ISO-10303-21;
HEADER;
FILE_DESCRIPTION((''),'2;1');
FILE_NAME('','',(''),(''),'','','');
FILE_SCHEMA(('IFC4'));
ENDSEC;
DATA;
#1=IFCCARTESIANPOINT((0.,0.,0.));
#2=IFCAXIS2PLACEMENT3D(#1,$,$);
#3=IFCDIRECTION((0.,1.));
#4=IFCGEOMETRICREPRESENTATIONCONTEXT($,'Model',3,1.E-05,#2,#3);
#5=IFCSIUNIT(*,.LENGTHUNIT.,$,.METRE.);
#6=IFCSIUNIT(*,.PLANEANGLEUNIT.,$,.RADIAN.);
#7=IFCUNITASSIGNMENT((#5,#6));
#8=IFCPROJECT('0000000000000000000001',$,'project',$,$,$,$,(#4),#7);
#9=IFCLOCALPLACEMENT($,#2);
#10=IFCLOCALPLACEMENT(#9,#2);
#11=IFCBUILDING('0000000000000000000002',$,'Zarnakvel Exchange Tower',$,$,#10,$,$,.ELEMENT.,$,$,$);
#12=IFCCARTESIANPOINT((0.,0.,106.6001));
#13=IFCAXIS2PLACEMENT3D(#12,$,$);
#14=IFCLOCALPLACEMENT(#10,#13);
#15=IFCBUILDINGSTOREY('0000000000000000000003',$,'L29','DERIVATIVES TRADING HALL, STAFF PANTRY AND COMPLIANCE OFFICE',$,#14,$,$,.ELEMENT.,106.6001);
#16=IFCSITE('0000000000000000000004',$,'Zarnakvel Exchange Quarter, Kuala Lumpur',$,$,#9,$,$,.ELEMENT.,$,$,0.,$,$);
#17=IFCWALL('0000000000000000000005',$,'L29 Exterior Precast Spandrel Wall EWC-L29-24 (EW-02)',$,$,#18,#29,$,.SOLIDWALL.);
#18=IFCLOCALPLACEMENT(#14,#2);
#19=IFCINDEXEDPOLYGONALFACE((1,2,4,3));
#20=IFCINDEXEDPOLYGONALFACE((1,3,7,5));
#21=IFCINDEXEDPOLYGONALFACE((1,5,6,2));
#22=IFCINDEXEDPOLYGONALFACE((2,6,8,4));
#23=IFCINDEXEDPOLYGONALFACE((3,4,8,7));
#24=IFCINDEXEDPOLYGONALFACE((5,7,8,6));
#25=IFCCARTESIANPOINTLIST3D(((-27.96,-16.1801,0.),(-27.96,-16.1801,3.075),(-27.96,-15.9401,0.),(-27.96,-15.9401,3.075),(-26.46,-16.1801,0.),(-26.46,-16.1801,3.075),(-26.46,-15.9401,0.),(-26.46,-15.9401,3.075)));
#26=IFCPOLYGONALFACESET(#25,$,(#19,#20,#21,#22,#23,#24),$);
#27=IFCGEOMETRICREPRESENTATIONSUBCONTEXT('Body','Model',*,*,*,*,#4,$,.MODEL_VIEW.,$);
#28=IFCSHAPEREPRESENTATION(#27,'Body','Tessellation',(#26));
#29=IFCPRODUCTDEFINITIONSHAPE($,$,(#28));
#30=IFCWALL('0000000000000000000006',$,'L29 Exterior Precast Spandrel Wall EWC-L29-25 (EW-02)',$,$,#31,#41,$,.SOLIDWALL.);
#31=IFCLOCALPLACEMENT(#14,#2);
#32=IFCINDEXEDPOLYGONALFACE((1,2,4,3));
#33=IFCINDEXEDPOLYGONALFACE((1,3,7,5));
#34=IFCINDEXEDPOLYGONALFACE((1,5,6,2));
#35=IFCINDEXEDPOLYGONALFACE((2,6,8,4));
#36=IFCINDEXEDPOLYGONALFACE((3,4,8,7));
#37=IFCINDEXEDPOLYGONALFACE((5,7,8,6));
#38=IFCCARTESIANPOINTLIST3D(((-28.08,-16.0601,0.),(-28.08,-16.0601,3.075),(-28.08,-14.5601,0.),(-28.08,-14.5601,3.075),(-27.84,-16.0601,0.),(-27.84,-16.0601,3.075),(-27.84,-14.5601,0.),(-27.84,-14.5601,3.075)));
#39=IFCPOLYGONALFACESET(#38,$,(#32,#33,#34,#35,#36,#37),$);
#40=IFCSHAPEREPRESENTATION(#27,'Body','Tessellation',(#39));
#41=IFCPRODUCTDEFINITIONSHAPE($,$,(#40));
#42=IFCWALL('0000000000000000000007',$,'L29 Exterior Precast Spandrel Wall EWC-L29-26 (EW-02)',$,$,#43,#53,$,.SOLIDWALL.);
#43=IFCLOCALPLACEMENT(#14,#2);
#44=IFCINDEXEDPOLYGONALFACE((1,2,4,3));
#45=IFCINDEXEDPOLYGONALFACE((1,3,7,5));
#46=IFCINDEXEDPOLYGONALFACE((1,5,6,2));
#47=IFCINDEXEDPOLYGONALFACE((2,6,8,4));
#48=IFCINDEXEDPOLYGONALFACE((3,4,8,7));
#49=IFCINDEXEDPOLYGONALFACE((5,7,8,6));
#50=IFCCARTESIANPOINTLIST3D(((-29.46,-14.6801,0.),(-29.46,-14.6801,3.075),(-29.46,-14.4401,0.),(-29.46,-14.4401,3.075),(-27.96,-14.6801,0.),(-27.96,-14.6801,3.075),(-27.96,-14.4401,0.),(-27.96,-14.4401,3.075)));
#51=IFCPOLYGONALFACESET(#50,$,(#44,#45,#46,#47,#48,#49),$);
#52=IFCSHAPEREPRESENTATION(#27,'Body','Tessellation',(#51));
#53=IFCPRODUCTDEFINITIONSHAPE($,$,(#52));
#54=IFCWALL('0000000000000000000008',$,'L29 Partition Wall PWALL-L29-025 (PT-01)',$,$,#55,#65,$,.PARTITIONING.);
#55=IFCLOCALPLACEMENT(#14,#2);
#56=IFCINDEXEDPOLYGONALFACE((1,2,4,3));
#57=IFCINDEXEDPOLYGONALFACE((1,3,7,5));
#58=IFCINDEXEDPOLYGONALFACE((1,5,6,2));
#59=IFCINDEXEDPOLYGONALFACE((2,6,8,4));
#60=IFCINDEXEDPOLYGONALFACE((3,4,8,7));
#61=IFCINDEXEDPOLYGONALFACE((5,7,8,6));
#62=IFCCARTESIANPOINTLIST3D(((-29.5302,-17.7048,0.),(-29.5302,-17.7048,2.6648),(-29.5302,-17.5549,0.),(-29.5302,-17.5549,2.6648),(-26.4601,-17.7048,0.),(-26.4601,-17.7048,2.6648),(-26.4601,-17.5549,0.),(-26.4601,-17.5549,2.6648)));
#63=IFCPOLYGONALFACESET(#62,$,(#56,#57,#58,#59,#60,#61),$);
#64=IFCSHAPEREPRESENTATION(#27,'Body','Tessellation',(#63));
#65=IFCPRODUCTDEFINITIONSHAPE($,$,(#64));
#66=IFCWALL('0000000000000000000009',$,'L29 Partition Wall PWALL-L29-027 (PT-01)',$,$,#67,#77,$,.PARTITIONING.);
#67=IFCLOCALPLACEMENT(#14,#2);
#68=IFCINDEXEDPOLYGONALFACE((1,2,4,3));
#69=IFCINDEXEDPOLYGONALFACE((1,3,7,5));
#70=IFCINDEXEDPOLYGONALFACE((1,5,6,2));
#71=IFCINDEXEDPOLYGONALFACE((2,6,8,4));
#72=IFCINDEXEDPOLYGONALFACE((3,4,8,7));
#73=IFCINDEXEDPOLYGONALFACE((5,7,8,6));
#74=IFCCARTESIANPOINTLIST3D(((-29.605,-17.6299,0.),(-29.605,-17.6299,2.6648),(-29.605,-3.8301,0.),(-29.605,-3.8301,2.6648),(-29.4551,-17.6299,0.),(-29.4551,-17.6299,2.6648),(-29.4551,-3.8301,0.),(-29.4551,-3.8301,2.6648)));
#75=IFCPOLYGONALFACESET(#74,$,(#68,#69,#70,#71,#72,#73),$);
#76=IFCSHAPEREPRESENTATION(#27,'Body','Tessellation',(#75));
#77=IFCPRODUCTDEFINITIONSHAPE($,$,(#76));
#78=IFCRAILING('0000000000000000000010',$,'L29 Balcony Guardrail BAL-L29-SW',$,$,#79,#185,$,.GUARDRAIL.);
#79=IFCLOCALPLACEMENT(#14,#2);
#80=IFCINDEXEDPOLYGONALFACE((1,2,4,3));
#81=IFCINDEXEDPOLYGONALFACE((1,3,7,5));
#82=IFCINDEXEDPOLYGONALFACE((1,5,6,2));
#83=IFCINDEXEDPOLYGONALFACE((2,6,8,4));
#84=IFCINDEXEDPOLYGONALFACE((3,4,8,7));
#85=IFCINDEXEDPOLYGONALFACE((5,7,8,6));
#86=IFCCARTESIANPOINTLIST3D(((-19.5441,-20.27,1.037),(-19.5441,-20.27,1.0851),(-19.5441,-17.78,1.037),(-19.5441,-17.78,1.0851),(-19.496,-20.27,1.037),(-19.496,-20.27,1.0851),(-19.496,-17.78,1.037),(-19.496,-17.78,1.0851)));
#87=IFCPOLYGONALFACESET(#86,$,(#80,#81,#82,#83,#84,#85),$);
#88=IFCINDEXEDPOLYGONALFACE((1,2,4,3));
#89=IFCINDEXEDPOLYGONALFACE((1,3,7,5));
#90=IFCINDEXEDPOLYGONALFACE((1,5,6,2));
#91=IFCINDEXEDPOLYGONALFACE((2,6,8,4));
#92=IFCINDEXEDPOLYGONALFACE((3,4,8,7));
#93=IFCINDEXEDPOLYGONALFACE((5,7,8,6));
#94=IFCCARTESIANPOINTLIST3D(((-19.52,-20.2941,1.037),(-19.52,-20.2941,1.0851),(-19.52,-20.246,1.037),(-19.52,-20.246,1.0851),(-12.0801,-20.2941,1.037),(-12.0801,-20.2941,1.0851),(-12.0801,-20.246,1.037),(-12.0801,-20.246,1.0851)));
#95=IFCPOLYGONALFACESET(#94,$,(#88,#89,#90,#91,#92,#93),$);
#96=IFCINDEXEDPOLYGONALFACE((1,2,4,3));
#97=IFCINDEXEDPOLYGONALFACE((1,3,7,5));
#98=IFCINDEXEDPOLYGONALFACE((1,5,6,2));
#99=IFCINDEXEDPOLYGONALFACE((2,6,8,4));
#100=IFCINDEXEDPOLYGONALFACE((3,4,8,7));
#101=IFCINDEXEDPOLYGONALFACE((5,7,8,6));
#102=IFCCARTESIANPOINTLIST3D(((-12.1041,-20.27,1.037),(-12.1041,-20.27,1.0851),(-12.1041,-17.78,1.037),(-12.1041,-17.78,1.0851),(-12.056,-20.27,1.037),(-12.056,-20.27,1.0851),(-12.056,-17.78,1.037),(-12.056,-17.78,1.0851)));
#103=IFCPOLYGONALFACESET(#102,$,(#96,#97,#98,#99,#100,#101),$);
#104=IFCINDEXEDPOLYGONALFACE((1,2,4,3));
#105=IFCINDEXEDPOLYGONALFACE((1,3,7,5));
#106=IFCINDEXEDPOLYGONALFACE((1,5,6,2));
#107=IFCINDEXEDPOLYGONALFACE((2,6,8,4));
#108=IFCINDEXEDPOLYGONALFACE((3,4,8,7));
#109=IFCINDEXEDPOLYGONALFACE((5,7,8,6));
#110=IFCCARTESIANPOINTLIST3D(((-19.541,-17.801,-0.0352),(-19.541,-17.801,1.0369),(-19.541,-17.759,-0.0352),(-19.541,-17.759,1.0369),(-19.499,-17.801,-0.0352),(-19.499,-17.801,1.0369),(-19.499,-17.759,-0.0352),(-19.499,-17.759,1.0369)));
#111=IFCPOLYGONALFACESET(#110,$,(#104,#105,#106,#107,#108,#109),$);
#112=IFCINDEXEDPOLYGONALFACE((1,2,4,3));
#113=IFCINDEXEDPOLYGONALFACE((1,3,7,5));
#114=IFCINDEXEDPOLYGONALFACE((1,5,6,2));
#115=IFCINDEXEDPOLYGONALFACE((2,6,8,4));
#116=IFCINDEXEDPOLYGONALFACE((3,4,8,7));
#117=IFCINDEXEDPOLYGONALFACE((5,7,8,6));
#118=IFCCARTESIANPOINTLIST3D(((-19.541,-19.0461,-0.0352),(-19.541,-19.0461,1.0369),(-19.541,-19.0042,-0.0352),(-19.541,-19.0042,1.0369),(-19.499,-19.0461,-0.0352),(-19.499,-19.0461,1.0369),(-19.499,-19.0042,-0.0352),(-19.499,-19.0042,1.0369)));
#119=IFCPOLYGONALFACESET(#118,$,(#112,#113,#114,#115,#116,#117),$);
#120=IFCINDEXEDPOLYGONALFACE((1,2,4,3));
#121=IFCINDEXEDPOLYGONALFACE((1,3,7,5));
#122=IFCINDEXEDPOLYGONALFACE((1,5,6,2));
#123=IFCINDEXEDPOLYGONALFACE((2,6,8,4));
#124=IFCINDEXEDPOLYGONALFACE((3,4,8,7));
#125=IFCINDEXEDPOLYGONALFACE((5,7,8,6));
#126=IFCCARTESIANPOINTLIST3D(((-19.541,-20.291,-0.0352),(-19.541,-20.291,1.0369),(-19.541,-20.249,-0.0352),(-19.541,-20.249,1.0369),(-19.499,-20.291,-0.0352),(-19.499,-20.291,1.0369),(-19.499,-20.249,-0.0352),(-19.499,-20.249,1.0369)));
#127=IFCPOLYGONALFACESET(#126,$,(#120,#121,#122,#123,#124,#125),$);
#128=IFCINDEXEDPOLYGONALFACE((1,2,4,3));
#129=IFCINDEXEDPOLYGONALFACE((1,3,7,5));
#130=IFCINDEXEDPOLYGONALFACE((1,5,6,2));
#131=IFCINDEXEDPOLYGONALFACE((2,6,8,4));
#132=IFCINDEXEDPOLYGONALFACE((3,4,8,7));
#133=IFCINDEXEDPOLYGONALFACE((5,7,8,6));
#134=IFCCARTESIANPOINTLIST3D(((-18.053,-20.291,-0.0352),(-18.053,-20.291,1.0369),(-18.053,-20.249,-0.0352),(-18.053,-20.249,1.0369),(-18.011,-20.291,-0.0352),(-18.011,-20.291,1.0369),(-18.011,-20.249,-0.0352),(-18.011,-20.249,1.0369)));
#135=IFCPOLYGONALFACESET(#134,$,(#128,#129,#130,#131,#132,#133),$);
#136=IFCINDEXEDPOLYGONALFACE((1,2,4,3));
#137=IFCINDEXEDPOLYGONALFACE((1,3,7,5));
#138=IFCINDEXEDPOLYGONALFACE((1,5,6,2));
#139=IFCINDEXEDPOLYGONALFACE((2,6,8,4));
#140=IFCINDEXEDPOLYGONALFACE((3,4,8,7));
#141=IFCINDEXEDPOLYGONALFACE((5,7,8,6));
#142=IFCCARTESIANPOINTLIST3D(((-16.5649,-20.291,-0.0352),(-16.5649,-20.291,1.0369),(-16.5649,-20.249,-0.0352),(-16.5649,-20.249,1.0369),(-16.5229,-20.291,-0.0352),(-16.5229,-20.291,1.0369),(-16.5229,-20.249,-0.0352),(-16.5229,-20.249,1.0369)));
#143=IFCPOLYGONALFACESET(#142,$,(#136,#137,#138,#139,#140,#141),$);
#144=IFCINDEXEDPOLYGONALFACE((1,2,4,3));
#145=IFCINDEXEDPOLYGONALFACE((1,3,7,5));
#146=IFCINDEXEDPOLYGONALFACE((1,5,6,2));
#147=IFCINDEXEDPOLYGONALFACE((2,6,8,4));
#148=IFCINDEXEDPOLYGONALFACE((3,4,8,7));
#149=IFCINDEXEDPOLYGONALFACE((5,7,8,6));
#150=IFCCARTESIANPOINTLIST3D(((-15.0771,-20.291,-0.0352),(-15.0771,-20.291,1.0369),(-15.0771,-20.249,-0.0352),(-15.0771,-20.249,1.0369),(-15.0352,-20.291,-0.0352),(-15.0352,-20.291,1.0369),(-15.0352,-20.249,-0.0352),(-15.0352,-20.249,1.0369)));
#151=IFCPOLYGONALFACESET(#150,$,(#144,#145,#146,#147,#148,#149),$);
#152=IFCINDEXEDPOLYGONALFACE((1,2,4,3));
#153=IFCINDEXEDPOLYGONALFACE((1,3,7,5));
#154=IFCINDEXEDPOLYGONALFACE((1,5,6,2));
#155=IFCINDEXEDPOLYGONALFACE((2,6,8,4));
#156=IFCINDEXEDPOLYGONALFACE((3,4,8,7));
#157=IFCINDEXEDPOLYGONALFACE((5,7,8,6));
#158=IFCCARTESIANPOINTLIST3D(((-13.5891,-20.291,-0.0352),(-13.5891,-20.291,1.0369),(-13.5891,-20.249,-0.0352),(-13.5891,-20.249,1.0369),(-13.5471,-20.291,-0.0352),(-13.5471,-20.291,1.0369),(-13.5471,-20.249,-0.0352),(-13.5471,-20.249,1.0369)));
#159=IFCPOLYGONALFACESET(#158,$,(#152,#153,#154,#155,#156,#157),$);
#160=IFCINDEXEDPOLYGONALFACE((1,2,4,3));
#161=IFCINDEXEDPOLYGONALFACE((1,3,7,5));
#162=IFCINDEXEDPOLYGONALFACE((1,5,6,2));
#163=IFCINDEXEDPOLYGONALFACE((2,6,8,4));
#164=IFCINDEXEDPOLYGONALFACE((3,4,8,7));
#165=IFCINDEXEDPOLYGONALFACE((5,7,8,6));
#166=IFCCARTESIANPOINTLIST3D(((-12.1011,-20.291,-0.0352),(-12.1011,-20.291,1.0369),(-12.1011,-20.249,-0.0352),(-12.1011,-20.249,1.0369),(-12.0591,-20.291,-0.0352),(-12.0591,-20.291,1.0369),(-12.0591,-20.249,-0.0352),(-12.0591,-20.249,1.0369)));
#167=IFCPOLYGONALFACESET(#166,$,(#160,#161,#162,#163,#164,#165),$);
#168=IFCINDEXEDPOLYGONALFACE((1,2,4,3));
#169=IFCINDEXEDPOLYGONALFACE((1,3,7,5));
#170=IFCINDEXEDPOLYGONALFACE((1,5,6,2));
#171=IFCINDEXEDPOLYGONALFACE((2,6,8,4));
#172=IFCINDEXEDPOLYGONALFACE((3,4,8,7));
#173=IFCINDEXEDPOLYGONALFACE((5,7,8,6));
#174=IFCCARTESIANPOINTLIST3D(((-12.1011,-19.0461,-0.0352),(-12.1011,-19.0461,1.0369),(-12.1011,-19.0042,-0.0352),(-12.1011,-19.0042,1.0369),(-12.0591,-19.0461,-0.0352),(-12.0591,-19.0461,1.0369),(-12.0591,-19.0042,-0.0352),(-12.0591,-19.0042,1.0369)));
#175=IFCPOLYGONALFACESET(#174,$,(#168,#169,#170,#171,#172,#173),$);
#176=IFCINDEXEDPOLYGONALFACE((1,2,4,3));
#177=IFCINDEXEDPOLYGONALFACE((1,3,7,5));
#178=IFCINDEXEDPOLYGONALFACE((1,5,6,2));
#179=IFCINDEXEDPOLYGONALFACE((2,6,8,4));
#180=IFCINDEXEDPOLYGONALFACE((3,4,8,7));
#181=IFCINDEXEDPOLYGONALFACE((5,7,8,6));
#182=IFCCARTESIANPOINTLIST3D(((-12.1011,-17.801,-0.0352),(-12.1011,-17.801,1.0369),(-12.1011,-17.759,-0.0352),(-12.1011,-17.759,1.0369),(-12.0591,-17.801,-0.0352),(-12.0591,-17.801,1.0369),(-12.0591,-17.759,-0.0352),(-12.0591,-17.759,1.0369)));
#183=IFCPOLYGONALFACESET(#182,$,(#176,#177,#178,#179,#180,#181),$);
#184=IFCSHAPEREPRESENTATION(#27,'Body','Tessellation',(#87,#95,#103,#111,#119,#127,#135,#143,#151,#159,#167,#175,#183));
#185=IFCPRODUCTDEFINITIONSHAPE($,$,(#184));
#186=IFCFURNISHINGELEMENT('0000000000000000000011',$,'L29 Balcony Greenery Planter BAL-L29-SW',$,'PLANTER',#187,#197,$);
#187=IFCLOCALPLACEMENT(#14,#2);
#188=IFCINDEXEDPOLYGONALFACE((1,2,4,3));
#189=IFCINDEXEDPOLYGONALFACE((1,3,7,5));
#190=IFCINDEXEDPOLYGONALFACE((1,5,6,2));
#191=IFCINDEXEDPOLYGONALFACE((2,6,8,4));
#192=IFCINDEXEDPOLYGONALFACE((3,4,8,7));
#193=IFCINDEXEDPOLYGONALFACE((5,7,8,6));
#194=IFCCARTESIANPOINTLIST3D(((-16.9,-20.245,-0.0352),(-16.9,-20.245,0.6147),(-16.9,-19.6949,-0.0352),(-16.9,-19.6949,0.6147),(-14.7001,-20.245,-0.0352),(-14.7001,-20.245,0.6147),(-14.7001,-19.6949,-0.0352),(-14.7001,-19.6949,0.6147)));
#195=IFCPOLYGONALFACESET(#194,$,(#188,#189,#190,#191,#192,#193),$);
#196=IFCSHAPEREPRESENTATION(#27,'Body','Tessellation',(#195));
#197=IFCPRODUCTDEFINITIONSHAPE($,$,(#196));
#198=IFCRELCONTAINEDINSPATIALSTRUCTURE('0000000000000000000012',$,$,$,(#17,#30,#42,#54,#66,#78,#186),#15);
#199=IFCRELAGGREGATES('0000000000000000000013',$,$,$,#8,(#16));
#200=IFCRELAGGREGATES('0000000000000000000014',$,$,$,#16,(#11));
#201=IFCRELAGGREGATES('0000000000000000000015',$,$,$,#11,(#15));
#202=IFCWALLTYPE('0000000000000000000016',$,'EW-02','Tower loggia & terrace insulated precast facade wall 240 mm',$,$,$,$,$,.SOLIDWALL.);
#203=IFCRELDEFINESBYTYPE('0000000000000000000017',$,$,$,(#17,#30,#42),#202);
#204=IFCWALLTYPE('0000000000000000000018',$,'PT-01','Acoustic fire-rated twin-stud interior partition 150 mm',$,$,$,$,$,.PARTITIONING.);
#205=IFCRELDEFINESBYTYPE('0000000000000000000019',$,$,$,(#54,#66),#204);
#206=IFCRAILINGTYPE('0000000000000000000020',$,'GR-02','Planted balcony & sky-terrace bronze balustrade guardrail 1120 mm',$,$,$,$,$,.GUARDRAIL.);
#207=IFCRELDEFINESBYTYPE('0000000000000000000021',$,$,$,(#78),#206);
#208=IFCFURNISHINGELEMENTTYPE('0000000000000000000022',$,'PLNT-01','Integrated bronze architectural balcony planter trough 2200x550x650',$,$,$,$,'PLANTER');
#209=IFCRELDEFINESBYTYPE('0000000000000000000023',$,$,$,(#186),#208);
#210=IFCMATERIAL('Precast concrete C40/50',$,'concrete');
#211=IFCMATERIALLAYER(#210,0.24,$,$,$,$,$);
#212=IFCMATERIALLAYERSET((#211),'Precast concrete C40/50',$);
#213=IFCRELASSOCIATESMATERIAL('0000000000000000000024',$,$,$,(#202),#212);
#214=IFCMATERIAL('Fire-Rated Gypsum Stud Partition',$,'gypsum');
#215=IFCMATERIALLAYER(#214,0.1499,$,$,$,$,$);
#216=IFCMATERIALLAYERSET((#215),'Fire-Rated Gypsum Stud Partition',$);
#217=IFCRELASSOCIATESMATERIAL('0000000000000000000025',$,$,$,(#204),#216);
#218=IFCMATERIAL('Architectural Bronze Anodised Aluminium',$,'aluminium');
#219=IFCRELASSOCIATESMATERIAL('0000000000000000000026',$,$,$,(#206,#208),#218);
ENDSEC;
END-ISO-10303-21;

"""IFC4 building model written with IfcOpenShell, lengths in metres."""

from ifc_helpers import new_model, si_unit, direction, frame, frame_2d, origin, origin_2d, place, context, subcontext, project, spatial, rectangle, extrude, source, transform, mapped, material, layer, layer_set, type_object, element, save


model = new_model("IFC4")

# Units and contexts
model_context = context("Model", 3, precision=1e-05, world=origin(), true_north=direction((0.0, 1.0)))
body_context = subcontext(model_context, "Body", "Model", "MODEL_VIEW")
ifc_project = project(units=[si_unit("LENGTHUNIT", "METRE"), si_unit("PLANEANGLEUNIT", "RADIAN")], contexts=[model_context])

# Site, building, storey
site_placement = place(None, origin())
site = spatial("IfcSite", under=ifc_project, at=site_placement, Name="Zarnakvel Exchange Quarter, Kuala Lumpur", CompositionType="ELEMENT", RefElevation=0.0)
building_placement = place(site_placement, origin())
building = spatial("IfcBuilding", under=site, at=building_placement, Name="Zarnakvel Exchange Tower", CompositionType="ELEMENT")
storey_placement = place(building_placement, frame((0.0, 0.0, 106.6001)))
storey = spatial("IfcBuildingStorey", under=building, at=storey_placement, Name="L29", Description="DERIVATIVES TRADING HALL, STAFF PANTRY AND COMPLIANCE OFFICE", CompositionType="ELEMENT", Elevation=106.6001)

# Shared definitions
ifc_material_1 = material(Name="Architectural Bronze Anodised Aluminium", Category="aluminium")

# Walls
ifc_material_2 = material(Name="Precast concrete C40/50", Category="concrete")
ifc_layer_1 = layer(ifc_material_2, 0.24)
ifc_layer_set_1 = layer_set([ifc_layer_1], Name="Precast concrete C40/50")
wall_type_1 = type_object("IfcWallType", Name="EW-02", Description="Tower loggia & terrace insulated precast facade wall 240 mm", PredefinedType="SOLIDWALL", material=ifc_layer_set_1)
for number, where, z_axis, x_axis, name in (
    (1, (-27.96, -16.0601, 0.0), (0.0, 0.0, 1.0), (1.0, 0.0, 0.0), "L29 Exterior Precast Spandrel Wall EWC-L29-24 (EW-02)"),
    (2, (-27.96, -14.5601, 0.0), (0.0, 0.0, 1.0), (0.0, -1.0, 0.0), "L29 Exterior Precast Spandrel Wall EWC-L29-25 (EW-02)"),
    (3, (-29.46, -14.5601, 0.0), (0.0, 0.0, 1.0), (1.0, 0.0, 0.0), "L29 Exterior Precast Spandrel Wall EWC-L29-26 (EW-02)"),
):
    element("IfcWall", number, at=place(storey_placement, frame(where, z_axis=z_axis, x_axis=x_axis)), inside=storey, type_object=wall_type_1, Name=name, PredefinedType="SOLIDWALL", context=body_context, shape_type="SweptSolid", body=[
        extrude(rectangle(XDim=1.5, YDim=0.24, at=frame_2d((0.75, 0.0))), origin(), (0.0, 0.0, 1.0), 3.075),
    ])
ifc_material_3 = material(Name="Fire-Rated Gypsum Stud Partition", Category="gypsum")
ifc_layer_2 = layer(ifc_material_3, 0.1499)
ifc_layer_set_2 = layer_set([ifc_layer_2], Name="Fire-Rated Gypsum Stud Partition")
wall_type_2 = type_object("IfcWallType", Name="PT-01", Description="Acoustic fire-rated twin-stud interior partition 150 mm", PredefinedType="PARTITIONING", material=ifc_layer_set_2)
wall_1_placement = place(storey_placement, frame((-26.46, -17.6299, 0.0), z_axis=(0.0, 0.0, 1.0), x_axis=(-1.0, 0.0, 0.0)))
element("IfcWall", 4, at=wall_1_placement, inside=storey, type_object=wall_type_2, Name="L29 Partition Wall PWALL-L29-025 (PT-01)", PredefinedType="PARTITIONING", context=body_context, shape_type="SweptSolid", body=[
    extrude(rectangle(XDim=3.0701, YDim=0.1499, at=frame_2d((1.5352, 0.0))), origin(), (0.0, 0.0, 1.0), 2.6648),
])
wall_2_placement = place(storey_placement, frame((-29.53, -17.6299, 0.0), z_axis=(0.0, 0.0, 1.0), x_axis=(0.0, 1.0, 0.0)))
element("IfcWall", 5, at=wall_2_placement, inside=storey, type_object=wall_type_2, Name="L29 Partition Wall PWALL-L29-027 (PT-01)", PredefinedType="PARTITIONING", context=body_context, shape_type="SweptSolid", body=[
    extrude(rectangle(XDim=13.7998, YDim=0.1499, at=frame_2d((6.8999, 0.0))), origin(), (0.0, 0.0, 1.0), 2.6648),
])

# Railing
railing_type = type_object("IfcRailingType", Name="GR-02", Description="Planted balcony & sky-terrace bronze balustrade guardrail 1120 mm", PredefinedType="GUARDRAIL", material=ifc_material_1)
railing_placement = place(storey_placement, frame((-19.52, -17.78, -0.0352)))
element("IfcRailing", 6, at=railing_placement, inside=storey, type_object=railing_type, Name="L29 Balcony Guardrail BAL-L29-SW", PredefinedType="GUARDRAIL", context=body_context, shape_type="SweptSolid", body=[
    extrude(rectangle(XDim=0.0481, YDim=0.0481, at=origin_2d()), frame((0.0, 0.0, 1.0962), z_axis=(0.0, -1.0, 0.0), x_axis=(1.0, 0.0, 0.0)), (0.0, 0.0, 1.0), 2.49),
    extrude(rectangle(XDim=0.0481, YDim=0.0481, at=origin_2d()), frame((0.0, -2.49, 1.0962), z_axis=(1.0, 0.0, 0.0), x_axis=(0.0, 1.0, 0.0)), (0.0, 0.0, 1.0), 7.4399),
    extrude(rectangle(XDim=0.0481, YDim=0.0481, at=origin_2d()), frame((7.4399, -2.49, 1.0962), z_axis=(0.0, 1.0, 0.0), x_axis=(-1.0, 0.0, 0.0)), (0.0, 0.0, 1.0), 2.49),
    extrude(rectangle(XDim=0.042, YDim=0.042, at=origin_2d()), origin(), (0.0, 0.0, 1.0), 1.072),
    extrude(rectangle(XDim=0.042, YDim=0.042, at=origin_2d()), frame((0.0, -1.2451, 0.0)), (0.0, 0.0, 1.0), 1.072),
    extrude(rectangle(XDim=0.042, YDim=0.042, at=origin_2d()), frame((0.0, -2.49, 0.0)), (0.0, 0.0, 1.0), 1.072),
    extrude(rectangle(XDim=0.042, YDim=0.042, at=origin_2d()), frame((1.488, -2.49, 0.0)), (0.0, 0.0, 1.0), 1.072),
    extrude(rectangle(XDim=0.042, YDim=0.042, at=origin_2d()), frame((2.9761, -2.49, 0.0)), (0.0, 0.0, 1.0), 1.072),
    extrude(rectangle(XDim=0.042, YDim=0.042, at=origin_2d()), frame((4.4639, -2.49, 0.0)), (0.0, 0.0, 1.0), 1.072),
    extrude(rectangle(XDim=0.042, YDim=0.042, at=origin_2d()), frame((5.9519, -2.49, 0.0)), (0.0, 0.0, 1.0), 1.072),
    extrude(rectangle(XDim=0.042, YDim=0.042, at=origin_2d()), frame((7.4399, -2.49, 0.0)), (0.0, 0.0, 1.0), 1.072),
    extrude(rectangle(XDim=0.042, YDim=0.042, at=origin_2d()), frame((7.4399, -1.2451, 0.0)), (0.0, 0.0, 1.0), 1.072),
    extrude(rectangle(XDim=0.042, YDim=0.042, at=origin_2d()), frame((7.4399, 0.0, 0.0)), (0.0, 0.0, 1.0), 1.072),
])

# Furnishing element
furnishing_element_type = type_object("IfcFurnishingElementType", Name="PLNT-01", Description="Integrated bronze architectural balcony planter trough 2200x550x650", ElementType="PLANTER", material=ifc_material_1)
shared_shape_1 = source(origin(), body_context, "Body", "SweptSolid", [
    extrude(rectangle(XDim=2.2, YDim=0.55, at=origin_2d()), origin(), (0.0, 0.0, 1.0), 0.6499),
])
furnishing_placement = place(storey_placement, frame((-15.8, -19.97, -0.0352), z_axis=(0.0, 0.0, 1.0), x_axis=(1.0, 0.0, 0.0)))
element("IfcFurnishingElement", 7, at=furnishing_placement, inside=storey, type_object=furnishing_element_type, Name="L29 Balcony Greenery Planter BAL-L29-SW", ObjectType="PLANTER", context=body_context, shape_type="MappedRepresentation", body=[
    mapped(shared_shape_1, transform((0.0, 0.0, 0.0), x_axis=(1.0, 0.0, 0.0), y_axis=(0.0, 1.0, 0.0), z_axis=(0.0, 0.0, 1.0), scale=1.0)),
])

save(model, "model.ifc")
